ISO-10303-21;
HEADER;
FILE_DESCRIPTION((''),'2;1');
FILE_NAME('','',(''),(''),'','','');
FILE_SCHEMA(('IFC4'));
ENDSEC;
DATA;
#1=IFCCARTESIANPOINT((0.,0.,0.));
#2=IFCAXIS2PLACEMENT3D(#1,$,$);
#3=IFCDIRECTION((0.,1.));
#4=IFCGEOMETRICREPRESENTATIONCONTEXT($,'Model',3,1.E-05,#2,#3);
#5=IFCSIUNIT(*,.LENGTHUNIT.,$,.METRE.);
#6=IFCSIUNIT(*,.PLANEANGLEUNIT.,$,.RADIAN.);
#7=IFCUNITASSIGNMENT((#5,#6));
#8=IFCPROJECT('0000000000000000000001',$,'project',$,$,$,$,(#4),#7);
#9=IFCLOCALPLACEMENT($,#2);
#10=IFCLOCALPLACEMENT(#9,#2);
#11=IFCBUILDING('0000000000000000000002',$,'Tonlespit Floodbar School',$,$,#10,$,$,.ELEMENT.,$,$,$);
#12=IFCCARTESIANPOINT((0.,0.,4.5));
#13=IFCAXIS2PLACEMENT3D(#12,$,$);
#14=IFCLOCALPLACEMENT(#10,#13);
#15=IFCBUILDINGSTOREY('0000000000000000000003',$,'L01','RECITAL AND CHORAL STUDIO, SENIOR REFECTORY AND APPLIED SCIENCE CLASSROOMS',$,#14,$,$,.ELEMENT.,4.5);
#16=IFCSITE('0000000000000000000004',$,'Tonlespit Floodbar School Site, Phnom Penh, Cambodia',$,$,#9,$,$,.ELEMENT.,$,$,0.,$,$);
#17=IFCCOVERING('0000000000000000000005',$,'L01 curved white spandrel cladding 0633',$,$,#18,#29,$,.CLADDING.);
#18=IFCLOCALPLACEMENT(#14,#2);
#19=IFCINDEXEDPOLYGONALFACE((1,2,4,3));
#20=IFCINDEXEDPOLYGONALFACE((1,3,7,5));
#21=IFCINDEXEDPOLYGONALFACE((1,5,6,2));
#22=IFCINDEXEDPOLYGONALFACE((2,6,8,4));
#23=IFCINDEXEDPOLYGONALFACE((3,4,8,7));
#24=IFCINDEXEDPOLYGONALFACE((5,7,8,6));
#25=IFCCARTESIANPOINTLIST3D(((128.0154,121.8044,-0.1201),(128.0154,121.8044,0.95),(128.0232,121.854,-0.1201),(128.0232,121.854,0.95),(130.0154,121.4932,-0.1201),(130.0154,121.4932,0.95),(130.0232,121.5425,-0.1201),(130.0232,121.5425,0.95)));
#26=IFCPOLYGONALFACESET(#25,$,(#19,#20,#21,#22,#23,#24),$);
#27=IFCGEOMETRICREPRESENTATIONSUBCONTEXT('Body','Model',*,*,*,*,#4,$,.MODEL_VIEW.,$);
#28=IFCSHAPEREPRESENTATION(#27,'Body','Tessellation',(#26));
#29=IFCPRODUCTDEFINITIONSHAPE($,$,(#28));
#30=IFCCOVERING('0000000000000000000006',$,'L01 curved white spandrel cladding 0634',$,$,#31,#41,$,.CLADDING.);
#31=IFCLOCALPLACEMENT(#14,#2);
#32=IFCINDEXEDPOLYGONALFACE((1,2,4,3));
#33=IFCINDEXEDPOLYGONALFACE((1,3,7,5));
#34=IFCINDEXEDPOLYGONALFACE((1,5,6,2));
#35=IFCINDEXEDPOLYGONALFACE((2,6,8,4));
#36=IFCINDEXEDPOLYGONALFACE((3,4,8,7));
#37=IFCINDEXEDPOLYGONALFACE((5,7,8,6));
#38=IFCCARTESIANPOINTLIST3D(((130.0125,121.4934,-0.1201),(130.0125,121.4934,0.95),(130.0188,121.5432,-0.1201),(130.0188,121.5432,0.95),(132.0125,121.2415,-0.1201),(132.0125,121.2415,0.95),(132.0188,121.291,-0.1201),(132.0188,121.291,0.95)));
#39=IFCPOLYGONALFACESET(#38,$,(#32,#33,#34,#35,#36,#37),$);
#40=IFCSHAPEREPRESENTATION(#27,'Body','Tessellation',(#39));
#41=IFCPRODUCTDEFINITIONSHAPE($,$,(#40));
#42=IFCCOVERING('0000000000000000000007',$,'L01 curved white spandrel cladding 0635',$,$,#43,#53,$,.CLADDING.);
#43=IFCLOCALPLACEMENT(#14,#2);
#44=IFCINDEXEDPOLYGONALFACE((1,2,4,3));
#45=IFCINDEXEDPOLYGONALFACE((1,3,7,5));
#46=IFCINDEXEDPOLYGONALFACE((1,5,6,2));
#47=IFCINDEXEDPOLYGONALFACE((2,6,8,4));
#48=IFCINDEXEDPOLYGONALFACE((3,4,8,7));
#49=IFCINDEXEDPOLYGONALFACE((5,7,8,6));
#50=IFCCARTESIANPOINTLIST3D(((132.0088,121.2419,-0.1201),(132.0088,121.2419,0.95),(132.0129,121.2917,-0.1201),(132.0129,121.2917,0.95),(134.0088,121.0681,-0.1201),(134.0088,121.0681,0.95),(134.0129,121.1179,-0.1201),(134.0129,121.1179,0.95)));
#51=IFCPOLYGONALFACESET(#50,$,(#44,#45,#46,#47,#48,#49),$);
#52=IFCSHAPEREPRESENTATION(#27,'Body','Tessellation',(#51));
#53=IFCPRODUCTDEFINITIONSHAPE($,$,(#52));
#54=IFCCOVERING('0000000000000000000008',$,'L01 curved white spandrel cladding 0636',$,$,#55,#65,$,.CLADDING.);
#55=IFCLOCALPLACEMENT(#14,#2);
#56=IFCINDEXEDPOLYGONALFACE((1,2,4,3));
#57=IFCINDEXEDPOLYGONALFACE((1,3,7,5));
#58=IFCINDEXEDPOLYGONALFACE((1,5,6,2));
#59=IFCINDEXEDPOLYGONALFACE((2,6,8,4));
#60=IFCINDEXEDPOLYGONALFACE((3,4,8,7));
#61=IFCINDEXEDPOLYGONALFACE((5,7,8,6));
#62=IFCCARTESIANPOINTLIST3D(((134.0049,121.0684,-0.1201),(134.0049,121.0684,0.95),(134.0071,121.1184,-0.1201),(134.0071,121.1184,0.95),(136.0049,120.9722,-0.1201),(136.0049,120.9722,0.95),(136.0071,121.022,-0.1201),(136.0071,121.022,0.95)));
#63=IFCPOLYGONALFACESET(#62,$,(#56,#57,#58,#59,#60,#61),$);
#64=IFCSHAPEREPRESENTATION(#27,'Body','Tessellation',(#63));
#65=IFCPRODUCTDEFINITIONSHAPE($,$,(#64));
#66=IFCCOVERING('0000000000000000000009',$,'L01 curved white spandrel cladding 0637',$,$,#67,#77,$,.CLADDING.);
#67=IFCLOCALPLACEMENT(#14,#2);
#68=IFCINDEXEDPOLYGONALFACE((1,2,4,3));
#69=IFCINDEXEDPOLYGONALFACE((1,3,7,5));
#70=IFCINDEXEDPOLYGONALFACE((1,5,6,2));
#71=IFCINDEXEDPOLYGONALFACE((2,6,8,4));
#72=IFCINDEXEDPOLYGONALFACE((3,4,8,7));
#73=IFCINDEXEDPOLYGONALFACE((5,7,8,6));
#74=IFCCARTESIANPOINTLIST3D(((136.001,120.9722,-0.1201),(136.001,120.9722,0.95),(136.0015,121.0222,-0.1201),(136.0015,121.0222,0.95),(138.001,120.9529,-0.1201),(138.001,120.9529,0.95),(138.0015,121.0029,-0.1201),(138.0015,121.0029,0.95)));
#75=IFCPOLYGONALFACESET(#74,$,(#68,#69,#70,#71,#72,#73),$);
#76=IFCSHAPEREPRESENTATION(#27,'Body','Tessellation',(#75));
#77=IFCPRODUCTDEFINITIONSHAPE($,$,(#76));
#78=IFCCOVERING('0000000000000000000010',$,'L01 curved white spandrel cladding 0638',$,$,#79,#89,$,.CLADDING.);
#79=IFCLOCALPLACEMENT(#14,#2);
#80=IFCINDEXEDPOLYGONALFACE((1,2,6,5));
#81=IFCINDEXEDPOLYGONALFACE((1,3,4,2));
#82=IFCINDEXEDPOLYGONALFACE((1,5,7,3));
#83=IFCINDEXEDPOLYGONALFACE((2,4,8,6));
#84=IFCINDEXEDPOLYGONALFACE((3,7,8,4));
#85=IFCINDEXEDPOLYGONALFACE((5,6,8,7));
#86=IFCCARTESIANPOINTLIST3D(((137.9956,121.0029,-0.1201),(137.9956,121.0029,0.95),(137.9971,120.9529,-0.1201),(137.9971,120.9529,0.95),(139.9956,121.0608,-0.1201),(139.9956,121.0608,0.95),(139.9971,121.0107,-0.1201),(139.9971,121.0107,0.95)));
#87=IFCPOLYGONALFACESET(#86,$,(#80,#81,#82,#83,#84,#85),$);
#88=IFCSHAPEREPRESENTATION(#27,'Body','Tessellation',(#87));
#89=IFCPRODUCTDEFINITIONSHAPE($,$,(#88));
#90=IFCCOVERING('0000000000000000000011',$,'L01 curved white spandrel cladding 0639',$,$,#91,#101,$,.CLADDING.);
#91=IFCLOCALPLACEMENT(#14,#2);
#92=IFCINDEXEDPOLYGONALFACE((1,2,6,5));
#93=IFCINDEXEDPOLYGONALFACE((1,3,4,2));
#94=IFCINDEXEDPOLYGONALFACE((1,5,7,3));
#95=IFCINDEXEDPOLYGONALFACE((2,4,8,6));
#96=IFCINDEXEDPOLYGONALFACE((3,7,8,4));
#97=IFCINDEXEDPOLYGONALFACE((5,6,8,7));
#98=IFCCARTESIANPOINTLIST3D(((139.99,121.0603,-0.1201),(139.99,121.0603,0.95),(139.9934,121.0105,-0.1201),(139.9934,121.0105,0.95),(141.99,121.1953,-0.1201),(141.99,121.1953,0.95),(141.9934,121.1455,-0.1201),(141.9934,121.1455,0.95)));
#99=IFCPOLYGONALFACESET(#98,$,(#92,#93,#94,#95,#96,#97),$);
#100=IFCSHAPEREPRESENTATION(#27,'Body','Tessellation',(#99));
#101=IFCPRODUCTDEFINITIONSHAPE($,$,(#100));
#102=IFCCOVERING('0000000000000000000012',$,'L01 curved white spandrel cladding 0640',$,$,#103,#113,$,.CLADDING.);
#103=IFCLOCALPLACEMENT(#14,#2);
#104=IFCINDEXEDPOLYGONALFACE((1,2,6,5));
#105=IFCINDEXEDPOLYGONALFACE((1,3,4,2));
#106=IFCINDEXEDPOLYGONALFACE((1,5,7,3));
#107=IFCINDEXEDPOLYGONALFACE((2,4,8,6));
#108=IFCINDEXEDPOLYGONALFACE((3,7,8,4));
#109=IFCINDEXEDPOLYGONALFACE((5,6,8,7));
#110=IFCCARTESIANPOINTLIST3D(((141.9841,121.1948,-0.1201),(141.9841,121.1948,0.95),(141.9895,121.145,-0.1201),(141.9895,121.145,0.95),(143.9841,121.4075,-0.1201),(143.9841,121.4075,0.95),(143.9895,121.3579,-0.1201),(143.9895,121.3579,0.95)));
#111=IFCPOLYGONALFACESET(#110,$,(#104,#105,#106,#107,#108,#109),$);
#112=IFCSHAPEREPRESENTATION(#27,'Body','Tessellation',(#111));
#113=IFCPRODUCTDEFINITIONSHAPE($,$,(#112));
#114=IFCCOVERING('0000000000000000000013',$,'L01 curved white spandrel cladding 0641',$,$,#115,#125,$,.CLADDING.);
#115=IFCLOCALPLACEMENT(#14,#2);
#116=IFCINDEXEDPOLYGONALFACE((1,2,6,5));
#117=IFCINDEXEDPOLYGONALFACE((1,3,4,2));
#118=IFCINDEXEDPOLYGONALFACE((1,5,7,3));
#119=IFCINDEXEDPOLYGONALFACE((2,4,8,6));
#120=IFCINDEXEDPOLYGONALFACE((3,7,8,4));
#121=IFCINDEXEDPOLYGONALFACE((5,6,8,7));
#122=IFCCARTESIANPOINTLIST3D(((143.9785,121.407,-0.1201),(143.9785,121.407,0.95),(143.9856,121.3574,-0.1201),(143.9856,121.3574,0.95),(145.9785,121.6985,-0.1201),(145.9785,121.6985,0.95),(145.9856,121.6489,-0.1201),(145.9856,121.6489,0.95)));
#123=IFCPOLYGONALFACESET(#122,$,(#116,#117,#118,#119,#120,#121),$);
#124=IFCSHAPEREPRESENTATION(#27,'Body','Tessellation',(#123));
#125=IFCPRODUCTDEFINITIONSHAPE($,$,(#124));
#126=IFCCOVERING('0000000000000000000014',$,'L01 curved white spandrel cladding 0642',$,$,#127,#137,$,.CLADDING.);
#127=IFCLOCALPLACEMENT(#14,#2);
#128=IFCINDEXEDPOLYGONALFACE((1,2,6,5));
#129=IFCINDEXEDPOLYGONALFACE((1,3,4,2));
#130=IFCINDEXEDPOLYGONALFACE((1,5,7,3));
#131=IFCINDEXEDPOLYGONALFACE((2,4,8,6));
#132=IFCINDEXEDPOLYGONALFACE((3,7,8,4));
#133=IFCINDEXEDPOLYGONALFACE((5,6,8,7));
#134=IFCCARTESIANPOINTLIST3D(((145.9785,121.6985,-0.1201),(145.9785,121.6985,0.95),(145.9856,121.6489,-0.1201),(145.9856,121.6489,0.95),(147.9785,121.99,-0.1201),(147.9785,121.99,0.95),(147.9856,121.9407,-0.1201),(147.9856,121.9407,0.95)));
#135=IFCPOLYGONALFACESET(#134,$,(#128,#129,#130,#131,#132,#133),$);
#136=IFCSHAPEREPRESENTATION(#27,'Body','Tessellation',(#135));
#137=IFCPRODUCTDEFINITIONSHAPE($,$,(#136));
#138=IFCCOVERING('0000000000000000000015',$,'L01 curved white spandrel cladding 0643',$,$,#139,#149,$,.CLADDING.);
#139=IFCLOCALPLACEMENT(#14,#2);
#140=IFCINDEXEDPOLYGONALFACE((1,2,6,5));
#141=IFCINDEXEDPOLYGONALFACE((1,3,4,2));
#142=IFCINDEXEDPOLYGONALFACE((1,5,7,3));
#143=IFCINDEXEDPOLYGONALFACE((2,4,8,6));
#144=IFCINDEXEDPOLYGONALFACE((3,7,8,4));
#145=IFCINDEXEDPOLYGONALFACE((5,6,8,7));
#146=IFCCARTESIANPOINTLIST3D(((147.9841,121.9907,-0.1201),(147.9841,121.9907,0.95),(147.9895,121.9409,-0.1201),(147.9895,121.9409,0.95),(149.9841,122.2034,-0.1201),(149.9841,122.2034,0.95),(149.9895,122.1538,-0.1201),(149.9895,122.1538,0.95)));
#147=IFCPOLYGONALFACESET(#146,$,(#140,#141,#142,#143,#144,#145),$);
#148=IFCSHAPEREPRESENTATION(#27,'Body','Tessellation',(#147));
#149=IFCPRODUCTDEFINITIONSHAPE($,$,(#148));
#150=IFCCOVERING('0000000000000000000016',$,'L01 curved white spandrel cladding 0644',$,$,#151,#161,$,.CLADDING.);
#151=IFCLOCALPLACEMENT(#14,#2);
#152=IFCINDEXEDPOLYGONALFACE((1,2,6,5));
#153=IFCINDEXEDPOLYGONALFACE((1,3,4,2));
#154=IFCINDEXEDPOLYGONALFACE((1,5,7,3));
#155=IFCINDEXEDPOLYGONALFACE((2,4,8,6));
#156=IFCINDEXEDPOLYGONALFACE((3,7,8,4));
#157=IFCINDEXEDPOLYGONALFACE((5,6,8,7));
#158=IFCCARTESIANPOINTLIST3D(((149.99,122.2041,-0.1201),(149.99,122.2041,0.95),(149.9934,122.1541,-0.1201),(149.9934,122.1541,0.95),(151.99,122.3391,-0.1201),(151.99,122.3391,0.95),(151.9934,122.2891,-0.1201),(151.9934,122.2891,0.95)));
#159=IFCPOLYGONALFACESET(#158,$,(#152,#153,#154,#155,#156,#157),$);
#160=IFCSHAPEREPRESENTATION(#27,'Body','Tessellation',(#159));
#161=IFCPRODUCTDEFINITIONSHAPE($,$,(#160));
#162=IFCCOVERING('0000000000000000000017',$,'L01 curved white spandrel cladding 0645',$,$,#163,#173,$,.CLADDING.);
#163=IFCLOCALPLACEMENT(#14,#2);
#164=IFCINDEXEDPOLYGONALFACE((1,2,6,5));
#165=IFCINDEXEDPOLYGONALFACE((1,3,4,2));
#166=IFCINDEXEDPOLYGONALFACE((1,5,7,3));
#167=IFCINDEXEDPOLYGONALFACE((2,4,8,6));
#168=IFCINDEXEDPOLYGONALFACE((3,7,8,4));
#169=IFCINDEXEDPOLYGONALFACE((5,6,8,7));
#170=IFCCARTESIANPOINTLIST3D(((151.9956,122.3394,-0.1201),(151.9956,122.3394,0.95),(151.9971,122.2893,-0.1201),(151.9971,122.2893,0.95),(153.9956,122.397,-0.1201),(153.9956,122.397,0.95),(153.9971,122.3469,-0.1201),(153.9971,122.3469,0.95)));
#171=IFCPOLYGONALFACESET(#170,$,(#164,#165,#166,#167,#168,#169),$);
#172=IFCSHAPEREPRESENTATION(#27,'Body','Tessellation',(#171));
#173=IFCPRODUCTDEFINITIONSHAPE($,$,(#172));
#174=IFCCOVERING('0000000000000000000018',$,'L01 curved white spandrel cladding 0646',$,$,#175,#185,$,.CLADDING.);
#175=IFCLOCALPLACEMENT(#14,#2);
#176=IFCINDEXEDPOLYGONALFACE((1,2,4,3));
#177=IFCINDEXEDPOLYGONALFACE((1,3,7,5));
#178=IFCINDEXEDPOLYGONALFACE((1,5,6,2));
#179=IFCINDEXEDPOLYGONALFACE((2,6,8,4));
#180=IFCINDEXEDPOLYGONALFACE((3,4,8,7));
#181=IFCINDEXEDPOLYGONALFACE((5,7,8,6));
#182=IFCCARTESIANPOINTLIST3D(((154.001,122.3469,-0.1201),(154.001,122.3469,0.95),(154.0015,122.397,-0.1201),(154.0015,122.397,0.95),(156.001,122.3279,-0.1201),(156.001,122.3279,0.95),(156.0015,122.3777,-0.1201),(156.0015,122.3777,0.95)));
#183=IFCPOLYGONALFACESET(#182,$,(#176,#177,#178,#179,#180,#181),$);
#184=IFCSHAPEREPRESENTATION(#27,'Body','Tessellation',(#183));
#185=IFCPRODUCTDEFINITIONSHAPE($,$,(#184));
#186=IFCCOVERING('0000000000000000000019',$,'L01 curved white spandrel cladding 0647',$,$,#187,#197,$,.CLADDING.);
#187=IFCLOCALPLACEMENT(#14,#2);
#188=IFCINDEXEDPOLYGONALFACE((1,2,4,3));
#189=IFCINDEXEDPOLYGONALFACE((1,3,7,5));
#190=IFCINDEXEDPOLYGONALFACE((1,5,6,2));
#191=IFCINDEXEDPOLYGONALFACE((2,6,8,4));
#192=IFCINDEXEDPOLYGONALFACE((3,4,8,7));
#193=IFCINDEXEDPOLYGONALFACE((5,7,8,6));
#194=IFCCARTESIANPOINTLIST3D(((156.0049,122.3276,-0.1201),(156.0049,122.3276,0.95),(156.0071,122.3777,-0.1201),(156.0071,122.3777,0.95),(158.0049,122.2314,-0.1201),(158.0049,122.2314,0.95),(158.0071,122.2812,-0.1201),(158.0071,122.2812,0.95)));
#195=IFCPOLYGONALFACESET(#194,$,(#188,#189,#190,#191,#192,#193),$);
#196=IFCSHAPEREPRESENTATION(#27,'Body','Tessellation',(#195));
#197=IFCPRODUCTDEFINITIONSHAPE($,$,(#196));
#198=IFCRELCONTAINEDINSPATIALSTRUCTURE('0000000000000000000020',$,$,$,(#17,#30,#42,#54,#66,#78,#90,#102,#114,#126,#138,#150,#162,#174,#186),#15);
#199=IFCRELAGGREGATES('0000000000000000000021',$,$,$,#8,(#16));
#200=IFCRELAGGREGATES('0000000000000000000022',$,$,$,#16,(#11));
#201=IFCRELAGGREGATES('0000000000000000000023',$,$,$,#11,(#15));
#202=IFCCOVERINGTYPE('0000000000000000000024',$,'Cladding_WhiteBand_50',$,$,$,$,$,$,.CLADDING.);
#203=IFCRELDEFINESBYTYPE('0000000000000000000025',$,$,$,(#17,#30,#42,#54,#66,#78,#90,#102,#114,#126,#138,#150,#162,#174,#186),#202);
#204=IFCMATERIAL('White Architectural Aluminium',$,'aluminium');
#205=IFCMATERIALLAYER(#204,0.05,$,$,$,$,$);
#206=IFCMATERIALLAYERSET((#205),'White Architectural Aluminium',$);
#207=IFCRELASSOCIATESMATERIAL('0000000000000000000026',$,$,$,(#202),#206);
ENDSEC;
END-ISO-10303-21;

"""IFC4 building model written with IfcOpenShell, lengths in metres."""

from ifc_helpers import new_model, si_unit, direction, frame, origin, place, context, subcontext, project, spatial, polyline, outline, extrude, material, layer, layer_set, type_object, element, save


model = new_model("IFC4")

# Units and contexts
model_context = context("Model", 3, precision=1e-05, world=origin(), true_north=direction((0.0, 1.0)))
body_context = subcontext(model_context, "Body", "Model", "MODEL_VIEW")
ifc_project = project(units=[si_unit("LENGTHUNIT", "METRE"), si_unit("PLANEANGLEUNIT", "RADIAN")], contexts=[model_context])

# Site, building, storey
site_placement = place(None, origin())
site = spatial("IfcSite", under=ifc_project, at=site_placement, Name="Tonlespit Floodbar School Site, Phnom Penh, Cambodia", CompositionType="ELEMENT", RefElevation=0.0)
building_placement = place(site_placement, origin())
building = spatial("IfcBuilding", under=site, at=building_placement, Name="Tonlespit Floodbar School", CompositionType="ELEMENT")
storey_placement = place(building_placement, frame((0.0, 0.0, 4.5)))
storey = spatial("IfcBuildingStorey", under=building, at=storey_placement, Name="L01", Description="RECITAL AND CHORAL STUDIO, SENIOR REFECTORY AND APPLIED SCIENCE CLASSROOMS", CompositionType="ELEMENT", Elevation=4.5)

# Coverings
ifc_material = material(Name="White Architectural Aluminium", Category="aluminium")
ifc_layer = layer(ifc_material, 0.05)
ifc_layer_set = layer_set([ifc_layer], Name="White Architectural Aluminium")
covering_type = type_object("IfcCoveringType", Name="Cladding_WhiteBand_50", PredefinedType="CLADDING", material=ifc_layer_set)
covering_1_placement = place(storey_placement, frame((0.0, 0.0, -0.1201)))
element("IfcCovering", 1, at=covering_1_placement, inside=storey, type_object=covering_type, Name="L01 curved white spandrel cladding 0633", PredefinedType="CLADDING", context=body_context, shape_type="SweptSolid", body=[
    extrude(outline(polyline([(128.0154, 121.8044), (130.0154, 121.4932), (130.0232, 121.5425), (128.0232, 121.854), (128.0154, 121.8044)])), origin(), (0.0, 0.0, 1.0), 1.0701),
])
covering_2_placement = place(storey_placement, frame((0.0, 0.0, -0.1201)))
element("IfcCovering", 2, at=covering_2_placement, inside=storey, type_object=covering_type, Name="L01 curved white spandrel cladding 0634", PredefinedType="CLADDING", context=body_context, shape_type="SweptSolid", body=[
    extrude(outline(polyline([(130.0125, 121.4934), (132.0125, 121.2415), (132.0188, 121.291), (130.0188, 121.5432), (130.0125, 121.4934)])), origin(), (0.0, 0.0, 1.0), 1.0701),
])
covering_3_placement = place(storey_placement, frame((0.0, 0.0, -0.1201)))
element("IfcCovering", 3, at=covering_3_placement, inside=storey, type_object=covering_type, Name="L01 curved white spandrel cladding 0635", PredefinedType="CLADDING", context=body_context, shape_type="SweptSolid", body=[
    extrude(outline(polyline([(132.0088, 121.2419), (134.0088, 121.0681), (134.0129, 121.1179), (132.0129, 121.2917), (132.0088, 121.2419)])), origin(), (0.0, 0.0, 1.0), 1.0701),
])
covering_4_placement = place(storey_placement, frame((0.0, 0.0, -0.1201)))
element("IfcCovering", 4, at=covering_4_placement, inside=storey, type_object=covering_type, Name="L01 curved white spandrel cladding 0636", PredefinedType="CLADDING", context=body_context, shape_type="SweptSolid", body=[
    extrude(outline(polyline([(134.0049, 121.0684), (136.0049, 120.9722), (136.0071, 121.022), (134.0071, 121.1184), (134.0049, 121.0684)])), origin(), (0.0, 0.0, 1.0), 1.0701),
])
covering_5_placement = place(storey_placement, frame((0.0, 0.0, -0.1201)))
element("IfcCovering", 5, at=covering_5_placement, inside=storey, type_object=covering_type, Name="L01 curved white spandrel cladding 0637", PredefinedType="CLADDING", context=body_context, shape_type="SweptSolid", body=[
    extrude(outline(polyline([(136.001, 120.9722), (138.001, 120.9529), (138.0015, 121.0029), (136.0015, 121.0222), (136.001, 120.9722)])), origin(), (0.0, 0.0, 1.0), 1.0701),
])
covering_6_placement = place(storey_placement, frame((0.0, 0.0, -0.1201)))
element("IfcCovering", 6, at=covering_6_placement, inside=storey, type_object=covering_type, Name="L01 curved white spandrel cladding 0638", PredefinedType="CLADDING", context=body_context, shape_type="SweptSolid", body=[
    extrude(outline(polyline([(137.9971, 120.9529), (139.9971, 121.0107), (139.9956, 121.0608), (137.9956, 121.0029), (137.9971, 120.9529)])), origin(), (0.0, 0.0, 1.0), 1.0701),
])
covering_7_placement = place(storey_placement, frame((0.0, 0.0, -0.1201)))
element("IfcCovering", 7, at=covering_7_placement, inside=storey, type_object=covering_type, Name="L01 curved white spandrel cladding 0639", PredefinedType="CLADDING", context=body_context, shape_type="SweptSolid", body=[
    extrude(outline(polyline([(139.9934, 121.0105), (141.9934, 121.1455), (141.99, 121.1953), (139.99, 121.0603), (139.9934, 121.0105)])), origin(), (0.0, 0.0, 1.0), 1.0701),
])
covering_8_placement = place(storey_placement, frame((0.0, 0.0, -0.1201)))
element("IfcCovering", 8, at=covering_8_placement, inside=storey, type_object=covering_type, Name="L01 curved white spandrel cladding 0640", PredefinedType="CLADDING", context=body_context, shape_type="SweptSolid", body=[
    extrude(outline(polyline([(141.9895, 121.145), (143.9895, 121.3579), (143.9841, 121.4075), (141.9841, 121.1948), (141.9895, 121.145)])), origin(), (0.0, 0.0, 1.0), 1.0701),
])
covering_9_placement = place(storey_placement, frame((0.0, 0.0, -0.1201)))
element("IfcCovering", 9, at=covering_9_placement, inside=storey, type_object=covering_type, Name="L01 curved white spandrel cladding 0641", PredefinedType="CLADDING", context=body_context, shape_type="SweptSolid", body=[
    extrude(outline(polyline([(143.9856, 121.3574), (145.9856, 121.6489), (145.9785, 121.6985), (143.9785, 121.407), (143.9856, 121.3574)])), origin(), (0.0, 0.0, 1.0), 1.0701),
])
covering_10_placement = place(storey_placement, frame((0.0, 0.0, -0.1201)))
element("IfcCovering", 10, at=covering_10_placement, inside=storey, type_object=covering_type, Name="L01 curved white spandrel cladding 0642", PredefinedType="CLADDING", context=body_context, shape_type="SweptSolid", body=[
    extrude(outline(polyline([(145.9856, 121.6489), (147.9856, 121.9407), (147.9785, 121.99), (145.9785, 121.6985), (145.9856, 121.6489)])), origin(), (0.0, 0.0, 1.0), 1.0701),
])
covering_11_placement = place(storey_placement, frame((0.0, 0.0, -0.1201)))
element("IfcCovering", 11, at=covering_11_placement, inside=storey, type_object=covering_type, Name="L01 curved white spandrel cladding 0643", PredefinedType="CLADDING", context=body_context, shape_type="SweptSolid", body=[
    extrude(outline(polyline([(147.9895, 121.9409), (149.9895, 122.1538), (149.9841, 122.2034), (147.9841, 121.9907), (147.9895, 121.9409)])), origin(), (0.0, 0.0, 1.0), 1.0701),
])
covering_12_placement = place(storey_placement, frame((0.0, 0.0, -0.1201)))
element("IfcCovering", 12, at=covering_12_placement, inside=storey, type_object=covering_type, Name="L01 curved white spandrel cladding 0644", PredefinedType="CLADDING", context=body_context, shape_type="SweptSolid", body=[
    extrude(outline(polyline([(149.9934, 122.1541), (151.9934, 122.2891), (151.99, 122.3391), (149.99, 122.2041), (149.9934, 122.1541)])), origin(), (0.0, 0.0, 1.0), 1.0701),
])
covering_13_placement = place(storey_placement, frame((0.0, 0.0, -0.1201)))
element("IfcCovering", 13, at=covering_13_placement, inside=storey, type_object=covering_type, Name="L01 curved white spandrel cladding 0645", PredefinedType="CLADDING", context=body_context, shape_type="SweptSolid", body=[
    extrude(outline(polyline([(151.9971, 122.2893), (153.9971, 122.3469), (153.9956, 122.397), (151.9956, 122.3394), (151.9971, 122.2893)])), origin(), (0.0, 0.0, 1.0), 1.0701),
])
covering_14_placement = place(storey_placement, frame((0.0, 0.0, -0.1201)))
element("IfcCovering", 14, at=covering_14_placement, inside=storey, type_object=covering_type, Name="L01 curved white spandrel cladding 0646", PredefinedType="CLADDING", context=body_context, shape_type="SweptSolid", body=[
    extrude(outline(polyline([(154.001, 122.3469), (156.001, 122.3279), (156.0015, 122.3777), (154.0015, 122.397), (154.001, 122.3469)])), origin(), (0.0, 0.0, 1.0), 1.0701),
])
covering_15_placement = place(storey_placement, frame((0.0, 0.0, -0.1201)))
element("IfcCovering", 15, at=covering_15_placement, inside=storey, type_object=covering_type, Name="L01 curved white spandrel cladding 0647", PredefinedType="CLADDING", context=body_context, shape_type="SweptSolid", body=[
    extrude(outline(polyline([(156.0049, 122.3276), (158.0049, 122.2314), (158.0071, 122.2812), (156.0071, 122.3777), (156.0049, 122.3276)])), origin(), (0.0, 0.0, 1.0), 1.0701),
])

save(model, "model.ifc")
